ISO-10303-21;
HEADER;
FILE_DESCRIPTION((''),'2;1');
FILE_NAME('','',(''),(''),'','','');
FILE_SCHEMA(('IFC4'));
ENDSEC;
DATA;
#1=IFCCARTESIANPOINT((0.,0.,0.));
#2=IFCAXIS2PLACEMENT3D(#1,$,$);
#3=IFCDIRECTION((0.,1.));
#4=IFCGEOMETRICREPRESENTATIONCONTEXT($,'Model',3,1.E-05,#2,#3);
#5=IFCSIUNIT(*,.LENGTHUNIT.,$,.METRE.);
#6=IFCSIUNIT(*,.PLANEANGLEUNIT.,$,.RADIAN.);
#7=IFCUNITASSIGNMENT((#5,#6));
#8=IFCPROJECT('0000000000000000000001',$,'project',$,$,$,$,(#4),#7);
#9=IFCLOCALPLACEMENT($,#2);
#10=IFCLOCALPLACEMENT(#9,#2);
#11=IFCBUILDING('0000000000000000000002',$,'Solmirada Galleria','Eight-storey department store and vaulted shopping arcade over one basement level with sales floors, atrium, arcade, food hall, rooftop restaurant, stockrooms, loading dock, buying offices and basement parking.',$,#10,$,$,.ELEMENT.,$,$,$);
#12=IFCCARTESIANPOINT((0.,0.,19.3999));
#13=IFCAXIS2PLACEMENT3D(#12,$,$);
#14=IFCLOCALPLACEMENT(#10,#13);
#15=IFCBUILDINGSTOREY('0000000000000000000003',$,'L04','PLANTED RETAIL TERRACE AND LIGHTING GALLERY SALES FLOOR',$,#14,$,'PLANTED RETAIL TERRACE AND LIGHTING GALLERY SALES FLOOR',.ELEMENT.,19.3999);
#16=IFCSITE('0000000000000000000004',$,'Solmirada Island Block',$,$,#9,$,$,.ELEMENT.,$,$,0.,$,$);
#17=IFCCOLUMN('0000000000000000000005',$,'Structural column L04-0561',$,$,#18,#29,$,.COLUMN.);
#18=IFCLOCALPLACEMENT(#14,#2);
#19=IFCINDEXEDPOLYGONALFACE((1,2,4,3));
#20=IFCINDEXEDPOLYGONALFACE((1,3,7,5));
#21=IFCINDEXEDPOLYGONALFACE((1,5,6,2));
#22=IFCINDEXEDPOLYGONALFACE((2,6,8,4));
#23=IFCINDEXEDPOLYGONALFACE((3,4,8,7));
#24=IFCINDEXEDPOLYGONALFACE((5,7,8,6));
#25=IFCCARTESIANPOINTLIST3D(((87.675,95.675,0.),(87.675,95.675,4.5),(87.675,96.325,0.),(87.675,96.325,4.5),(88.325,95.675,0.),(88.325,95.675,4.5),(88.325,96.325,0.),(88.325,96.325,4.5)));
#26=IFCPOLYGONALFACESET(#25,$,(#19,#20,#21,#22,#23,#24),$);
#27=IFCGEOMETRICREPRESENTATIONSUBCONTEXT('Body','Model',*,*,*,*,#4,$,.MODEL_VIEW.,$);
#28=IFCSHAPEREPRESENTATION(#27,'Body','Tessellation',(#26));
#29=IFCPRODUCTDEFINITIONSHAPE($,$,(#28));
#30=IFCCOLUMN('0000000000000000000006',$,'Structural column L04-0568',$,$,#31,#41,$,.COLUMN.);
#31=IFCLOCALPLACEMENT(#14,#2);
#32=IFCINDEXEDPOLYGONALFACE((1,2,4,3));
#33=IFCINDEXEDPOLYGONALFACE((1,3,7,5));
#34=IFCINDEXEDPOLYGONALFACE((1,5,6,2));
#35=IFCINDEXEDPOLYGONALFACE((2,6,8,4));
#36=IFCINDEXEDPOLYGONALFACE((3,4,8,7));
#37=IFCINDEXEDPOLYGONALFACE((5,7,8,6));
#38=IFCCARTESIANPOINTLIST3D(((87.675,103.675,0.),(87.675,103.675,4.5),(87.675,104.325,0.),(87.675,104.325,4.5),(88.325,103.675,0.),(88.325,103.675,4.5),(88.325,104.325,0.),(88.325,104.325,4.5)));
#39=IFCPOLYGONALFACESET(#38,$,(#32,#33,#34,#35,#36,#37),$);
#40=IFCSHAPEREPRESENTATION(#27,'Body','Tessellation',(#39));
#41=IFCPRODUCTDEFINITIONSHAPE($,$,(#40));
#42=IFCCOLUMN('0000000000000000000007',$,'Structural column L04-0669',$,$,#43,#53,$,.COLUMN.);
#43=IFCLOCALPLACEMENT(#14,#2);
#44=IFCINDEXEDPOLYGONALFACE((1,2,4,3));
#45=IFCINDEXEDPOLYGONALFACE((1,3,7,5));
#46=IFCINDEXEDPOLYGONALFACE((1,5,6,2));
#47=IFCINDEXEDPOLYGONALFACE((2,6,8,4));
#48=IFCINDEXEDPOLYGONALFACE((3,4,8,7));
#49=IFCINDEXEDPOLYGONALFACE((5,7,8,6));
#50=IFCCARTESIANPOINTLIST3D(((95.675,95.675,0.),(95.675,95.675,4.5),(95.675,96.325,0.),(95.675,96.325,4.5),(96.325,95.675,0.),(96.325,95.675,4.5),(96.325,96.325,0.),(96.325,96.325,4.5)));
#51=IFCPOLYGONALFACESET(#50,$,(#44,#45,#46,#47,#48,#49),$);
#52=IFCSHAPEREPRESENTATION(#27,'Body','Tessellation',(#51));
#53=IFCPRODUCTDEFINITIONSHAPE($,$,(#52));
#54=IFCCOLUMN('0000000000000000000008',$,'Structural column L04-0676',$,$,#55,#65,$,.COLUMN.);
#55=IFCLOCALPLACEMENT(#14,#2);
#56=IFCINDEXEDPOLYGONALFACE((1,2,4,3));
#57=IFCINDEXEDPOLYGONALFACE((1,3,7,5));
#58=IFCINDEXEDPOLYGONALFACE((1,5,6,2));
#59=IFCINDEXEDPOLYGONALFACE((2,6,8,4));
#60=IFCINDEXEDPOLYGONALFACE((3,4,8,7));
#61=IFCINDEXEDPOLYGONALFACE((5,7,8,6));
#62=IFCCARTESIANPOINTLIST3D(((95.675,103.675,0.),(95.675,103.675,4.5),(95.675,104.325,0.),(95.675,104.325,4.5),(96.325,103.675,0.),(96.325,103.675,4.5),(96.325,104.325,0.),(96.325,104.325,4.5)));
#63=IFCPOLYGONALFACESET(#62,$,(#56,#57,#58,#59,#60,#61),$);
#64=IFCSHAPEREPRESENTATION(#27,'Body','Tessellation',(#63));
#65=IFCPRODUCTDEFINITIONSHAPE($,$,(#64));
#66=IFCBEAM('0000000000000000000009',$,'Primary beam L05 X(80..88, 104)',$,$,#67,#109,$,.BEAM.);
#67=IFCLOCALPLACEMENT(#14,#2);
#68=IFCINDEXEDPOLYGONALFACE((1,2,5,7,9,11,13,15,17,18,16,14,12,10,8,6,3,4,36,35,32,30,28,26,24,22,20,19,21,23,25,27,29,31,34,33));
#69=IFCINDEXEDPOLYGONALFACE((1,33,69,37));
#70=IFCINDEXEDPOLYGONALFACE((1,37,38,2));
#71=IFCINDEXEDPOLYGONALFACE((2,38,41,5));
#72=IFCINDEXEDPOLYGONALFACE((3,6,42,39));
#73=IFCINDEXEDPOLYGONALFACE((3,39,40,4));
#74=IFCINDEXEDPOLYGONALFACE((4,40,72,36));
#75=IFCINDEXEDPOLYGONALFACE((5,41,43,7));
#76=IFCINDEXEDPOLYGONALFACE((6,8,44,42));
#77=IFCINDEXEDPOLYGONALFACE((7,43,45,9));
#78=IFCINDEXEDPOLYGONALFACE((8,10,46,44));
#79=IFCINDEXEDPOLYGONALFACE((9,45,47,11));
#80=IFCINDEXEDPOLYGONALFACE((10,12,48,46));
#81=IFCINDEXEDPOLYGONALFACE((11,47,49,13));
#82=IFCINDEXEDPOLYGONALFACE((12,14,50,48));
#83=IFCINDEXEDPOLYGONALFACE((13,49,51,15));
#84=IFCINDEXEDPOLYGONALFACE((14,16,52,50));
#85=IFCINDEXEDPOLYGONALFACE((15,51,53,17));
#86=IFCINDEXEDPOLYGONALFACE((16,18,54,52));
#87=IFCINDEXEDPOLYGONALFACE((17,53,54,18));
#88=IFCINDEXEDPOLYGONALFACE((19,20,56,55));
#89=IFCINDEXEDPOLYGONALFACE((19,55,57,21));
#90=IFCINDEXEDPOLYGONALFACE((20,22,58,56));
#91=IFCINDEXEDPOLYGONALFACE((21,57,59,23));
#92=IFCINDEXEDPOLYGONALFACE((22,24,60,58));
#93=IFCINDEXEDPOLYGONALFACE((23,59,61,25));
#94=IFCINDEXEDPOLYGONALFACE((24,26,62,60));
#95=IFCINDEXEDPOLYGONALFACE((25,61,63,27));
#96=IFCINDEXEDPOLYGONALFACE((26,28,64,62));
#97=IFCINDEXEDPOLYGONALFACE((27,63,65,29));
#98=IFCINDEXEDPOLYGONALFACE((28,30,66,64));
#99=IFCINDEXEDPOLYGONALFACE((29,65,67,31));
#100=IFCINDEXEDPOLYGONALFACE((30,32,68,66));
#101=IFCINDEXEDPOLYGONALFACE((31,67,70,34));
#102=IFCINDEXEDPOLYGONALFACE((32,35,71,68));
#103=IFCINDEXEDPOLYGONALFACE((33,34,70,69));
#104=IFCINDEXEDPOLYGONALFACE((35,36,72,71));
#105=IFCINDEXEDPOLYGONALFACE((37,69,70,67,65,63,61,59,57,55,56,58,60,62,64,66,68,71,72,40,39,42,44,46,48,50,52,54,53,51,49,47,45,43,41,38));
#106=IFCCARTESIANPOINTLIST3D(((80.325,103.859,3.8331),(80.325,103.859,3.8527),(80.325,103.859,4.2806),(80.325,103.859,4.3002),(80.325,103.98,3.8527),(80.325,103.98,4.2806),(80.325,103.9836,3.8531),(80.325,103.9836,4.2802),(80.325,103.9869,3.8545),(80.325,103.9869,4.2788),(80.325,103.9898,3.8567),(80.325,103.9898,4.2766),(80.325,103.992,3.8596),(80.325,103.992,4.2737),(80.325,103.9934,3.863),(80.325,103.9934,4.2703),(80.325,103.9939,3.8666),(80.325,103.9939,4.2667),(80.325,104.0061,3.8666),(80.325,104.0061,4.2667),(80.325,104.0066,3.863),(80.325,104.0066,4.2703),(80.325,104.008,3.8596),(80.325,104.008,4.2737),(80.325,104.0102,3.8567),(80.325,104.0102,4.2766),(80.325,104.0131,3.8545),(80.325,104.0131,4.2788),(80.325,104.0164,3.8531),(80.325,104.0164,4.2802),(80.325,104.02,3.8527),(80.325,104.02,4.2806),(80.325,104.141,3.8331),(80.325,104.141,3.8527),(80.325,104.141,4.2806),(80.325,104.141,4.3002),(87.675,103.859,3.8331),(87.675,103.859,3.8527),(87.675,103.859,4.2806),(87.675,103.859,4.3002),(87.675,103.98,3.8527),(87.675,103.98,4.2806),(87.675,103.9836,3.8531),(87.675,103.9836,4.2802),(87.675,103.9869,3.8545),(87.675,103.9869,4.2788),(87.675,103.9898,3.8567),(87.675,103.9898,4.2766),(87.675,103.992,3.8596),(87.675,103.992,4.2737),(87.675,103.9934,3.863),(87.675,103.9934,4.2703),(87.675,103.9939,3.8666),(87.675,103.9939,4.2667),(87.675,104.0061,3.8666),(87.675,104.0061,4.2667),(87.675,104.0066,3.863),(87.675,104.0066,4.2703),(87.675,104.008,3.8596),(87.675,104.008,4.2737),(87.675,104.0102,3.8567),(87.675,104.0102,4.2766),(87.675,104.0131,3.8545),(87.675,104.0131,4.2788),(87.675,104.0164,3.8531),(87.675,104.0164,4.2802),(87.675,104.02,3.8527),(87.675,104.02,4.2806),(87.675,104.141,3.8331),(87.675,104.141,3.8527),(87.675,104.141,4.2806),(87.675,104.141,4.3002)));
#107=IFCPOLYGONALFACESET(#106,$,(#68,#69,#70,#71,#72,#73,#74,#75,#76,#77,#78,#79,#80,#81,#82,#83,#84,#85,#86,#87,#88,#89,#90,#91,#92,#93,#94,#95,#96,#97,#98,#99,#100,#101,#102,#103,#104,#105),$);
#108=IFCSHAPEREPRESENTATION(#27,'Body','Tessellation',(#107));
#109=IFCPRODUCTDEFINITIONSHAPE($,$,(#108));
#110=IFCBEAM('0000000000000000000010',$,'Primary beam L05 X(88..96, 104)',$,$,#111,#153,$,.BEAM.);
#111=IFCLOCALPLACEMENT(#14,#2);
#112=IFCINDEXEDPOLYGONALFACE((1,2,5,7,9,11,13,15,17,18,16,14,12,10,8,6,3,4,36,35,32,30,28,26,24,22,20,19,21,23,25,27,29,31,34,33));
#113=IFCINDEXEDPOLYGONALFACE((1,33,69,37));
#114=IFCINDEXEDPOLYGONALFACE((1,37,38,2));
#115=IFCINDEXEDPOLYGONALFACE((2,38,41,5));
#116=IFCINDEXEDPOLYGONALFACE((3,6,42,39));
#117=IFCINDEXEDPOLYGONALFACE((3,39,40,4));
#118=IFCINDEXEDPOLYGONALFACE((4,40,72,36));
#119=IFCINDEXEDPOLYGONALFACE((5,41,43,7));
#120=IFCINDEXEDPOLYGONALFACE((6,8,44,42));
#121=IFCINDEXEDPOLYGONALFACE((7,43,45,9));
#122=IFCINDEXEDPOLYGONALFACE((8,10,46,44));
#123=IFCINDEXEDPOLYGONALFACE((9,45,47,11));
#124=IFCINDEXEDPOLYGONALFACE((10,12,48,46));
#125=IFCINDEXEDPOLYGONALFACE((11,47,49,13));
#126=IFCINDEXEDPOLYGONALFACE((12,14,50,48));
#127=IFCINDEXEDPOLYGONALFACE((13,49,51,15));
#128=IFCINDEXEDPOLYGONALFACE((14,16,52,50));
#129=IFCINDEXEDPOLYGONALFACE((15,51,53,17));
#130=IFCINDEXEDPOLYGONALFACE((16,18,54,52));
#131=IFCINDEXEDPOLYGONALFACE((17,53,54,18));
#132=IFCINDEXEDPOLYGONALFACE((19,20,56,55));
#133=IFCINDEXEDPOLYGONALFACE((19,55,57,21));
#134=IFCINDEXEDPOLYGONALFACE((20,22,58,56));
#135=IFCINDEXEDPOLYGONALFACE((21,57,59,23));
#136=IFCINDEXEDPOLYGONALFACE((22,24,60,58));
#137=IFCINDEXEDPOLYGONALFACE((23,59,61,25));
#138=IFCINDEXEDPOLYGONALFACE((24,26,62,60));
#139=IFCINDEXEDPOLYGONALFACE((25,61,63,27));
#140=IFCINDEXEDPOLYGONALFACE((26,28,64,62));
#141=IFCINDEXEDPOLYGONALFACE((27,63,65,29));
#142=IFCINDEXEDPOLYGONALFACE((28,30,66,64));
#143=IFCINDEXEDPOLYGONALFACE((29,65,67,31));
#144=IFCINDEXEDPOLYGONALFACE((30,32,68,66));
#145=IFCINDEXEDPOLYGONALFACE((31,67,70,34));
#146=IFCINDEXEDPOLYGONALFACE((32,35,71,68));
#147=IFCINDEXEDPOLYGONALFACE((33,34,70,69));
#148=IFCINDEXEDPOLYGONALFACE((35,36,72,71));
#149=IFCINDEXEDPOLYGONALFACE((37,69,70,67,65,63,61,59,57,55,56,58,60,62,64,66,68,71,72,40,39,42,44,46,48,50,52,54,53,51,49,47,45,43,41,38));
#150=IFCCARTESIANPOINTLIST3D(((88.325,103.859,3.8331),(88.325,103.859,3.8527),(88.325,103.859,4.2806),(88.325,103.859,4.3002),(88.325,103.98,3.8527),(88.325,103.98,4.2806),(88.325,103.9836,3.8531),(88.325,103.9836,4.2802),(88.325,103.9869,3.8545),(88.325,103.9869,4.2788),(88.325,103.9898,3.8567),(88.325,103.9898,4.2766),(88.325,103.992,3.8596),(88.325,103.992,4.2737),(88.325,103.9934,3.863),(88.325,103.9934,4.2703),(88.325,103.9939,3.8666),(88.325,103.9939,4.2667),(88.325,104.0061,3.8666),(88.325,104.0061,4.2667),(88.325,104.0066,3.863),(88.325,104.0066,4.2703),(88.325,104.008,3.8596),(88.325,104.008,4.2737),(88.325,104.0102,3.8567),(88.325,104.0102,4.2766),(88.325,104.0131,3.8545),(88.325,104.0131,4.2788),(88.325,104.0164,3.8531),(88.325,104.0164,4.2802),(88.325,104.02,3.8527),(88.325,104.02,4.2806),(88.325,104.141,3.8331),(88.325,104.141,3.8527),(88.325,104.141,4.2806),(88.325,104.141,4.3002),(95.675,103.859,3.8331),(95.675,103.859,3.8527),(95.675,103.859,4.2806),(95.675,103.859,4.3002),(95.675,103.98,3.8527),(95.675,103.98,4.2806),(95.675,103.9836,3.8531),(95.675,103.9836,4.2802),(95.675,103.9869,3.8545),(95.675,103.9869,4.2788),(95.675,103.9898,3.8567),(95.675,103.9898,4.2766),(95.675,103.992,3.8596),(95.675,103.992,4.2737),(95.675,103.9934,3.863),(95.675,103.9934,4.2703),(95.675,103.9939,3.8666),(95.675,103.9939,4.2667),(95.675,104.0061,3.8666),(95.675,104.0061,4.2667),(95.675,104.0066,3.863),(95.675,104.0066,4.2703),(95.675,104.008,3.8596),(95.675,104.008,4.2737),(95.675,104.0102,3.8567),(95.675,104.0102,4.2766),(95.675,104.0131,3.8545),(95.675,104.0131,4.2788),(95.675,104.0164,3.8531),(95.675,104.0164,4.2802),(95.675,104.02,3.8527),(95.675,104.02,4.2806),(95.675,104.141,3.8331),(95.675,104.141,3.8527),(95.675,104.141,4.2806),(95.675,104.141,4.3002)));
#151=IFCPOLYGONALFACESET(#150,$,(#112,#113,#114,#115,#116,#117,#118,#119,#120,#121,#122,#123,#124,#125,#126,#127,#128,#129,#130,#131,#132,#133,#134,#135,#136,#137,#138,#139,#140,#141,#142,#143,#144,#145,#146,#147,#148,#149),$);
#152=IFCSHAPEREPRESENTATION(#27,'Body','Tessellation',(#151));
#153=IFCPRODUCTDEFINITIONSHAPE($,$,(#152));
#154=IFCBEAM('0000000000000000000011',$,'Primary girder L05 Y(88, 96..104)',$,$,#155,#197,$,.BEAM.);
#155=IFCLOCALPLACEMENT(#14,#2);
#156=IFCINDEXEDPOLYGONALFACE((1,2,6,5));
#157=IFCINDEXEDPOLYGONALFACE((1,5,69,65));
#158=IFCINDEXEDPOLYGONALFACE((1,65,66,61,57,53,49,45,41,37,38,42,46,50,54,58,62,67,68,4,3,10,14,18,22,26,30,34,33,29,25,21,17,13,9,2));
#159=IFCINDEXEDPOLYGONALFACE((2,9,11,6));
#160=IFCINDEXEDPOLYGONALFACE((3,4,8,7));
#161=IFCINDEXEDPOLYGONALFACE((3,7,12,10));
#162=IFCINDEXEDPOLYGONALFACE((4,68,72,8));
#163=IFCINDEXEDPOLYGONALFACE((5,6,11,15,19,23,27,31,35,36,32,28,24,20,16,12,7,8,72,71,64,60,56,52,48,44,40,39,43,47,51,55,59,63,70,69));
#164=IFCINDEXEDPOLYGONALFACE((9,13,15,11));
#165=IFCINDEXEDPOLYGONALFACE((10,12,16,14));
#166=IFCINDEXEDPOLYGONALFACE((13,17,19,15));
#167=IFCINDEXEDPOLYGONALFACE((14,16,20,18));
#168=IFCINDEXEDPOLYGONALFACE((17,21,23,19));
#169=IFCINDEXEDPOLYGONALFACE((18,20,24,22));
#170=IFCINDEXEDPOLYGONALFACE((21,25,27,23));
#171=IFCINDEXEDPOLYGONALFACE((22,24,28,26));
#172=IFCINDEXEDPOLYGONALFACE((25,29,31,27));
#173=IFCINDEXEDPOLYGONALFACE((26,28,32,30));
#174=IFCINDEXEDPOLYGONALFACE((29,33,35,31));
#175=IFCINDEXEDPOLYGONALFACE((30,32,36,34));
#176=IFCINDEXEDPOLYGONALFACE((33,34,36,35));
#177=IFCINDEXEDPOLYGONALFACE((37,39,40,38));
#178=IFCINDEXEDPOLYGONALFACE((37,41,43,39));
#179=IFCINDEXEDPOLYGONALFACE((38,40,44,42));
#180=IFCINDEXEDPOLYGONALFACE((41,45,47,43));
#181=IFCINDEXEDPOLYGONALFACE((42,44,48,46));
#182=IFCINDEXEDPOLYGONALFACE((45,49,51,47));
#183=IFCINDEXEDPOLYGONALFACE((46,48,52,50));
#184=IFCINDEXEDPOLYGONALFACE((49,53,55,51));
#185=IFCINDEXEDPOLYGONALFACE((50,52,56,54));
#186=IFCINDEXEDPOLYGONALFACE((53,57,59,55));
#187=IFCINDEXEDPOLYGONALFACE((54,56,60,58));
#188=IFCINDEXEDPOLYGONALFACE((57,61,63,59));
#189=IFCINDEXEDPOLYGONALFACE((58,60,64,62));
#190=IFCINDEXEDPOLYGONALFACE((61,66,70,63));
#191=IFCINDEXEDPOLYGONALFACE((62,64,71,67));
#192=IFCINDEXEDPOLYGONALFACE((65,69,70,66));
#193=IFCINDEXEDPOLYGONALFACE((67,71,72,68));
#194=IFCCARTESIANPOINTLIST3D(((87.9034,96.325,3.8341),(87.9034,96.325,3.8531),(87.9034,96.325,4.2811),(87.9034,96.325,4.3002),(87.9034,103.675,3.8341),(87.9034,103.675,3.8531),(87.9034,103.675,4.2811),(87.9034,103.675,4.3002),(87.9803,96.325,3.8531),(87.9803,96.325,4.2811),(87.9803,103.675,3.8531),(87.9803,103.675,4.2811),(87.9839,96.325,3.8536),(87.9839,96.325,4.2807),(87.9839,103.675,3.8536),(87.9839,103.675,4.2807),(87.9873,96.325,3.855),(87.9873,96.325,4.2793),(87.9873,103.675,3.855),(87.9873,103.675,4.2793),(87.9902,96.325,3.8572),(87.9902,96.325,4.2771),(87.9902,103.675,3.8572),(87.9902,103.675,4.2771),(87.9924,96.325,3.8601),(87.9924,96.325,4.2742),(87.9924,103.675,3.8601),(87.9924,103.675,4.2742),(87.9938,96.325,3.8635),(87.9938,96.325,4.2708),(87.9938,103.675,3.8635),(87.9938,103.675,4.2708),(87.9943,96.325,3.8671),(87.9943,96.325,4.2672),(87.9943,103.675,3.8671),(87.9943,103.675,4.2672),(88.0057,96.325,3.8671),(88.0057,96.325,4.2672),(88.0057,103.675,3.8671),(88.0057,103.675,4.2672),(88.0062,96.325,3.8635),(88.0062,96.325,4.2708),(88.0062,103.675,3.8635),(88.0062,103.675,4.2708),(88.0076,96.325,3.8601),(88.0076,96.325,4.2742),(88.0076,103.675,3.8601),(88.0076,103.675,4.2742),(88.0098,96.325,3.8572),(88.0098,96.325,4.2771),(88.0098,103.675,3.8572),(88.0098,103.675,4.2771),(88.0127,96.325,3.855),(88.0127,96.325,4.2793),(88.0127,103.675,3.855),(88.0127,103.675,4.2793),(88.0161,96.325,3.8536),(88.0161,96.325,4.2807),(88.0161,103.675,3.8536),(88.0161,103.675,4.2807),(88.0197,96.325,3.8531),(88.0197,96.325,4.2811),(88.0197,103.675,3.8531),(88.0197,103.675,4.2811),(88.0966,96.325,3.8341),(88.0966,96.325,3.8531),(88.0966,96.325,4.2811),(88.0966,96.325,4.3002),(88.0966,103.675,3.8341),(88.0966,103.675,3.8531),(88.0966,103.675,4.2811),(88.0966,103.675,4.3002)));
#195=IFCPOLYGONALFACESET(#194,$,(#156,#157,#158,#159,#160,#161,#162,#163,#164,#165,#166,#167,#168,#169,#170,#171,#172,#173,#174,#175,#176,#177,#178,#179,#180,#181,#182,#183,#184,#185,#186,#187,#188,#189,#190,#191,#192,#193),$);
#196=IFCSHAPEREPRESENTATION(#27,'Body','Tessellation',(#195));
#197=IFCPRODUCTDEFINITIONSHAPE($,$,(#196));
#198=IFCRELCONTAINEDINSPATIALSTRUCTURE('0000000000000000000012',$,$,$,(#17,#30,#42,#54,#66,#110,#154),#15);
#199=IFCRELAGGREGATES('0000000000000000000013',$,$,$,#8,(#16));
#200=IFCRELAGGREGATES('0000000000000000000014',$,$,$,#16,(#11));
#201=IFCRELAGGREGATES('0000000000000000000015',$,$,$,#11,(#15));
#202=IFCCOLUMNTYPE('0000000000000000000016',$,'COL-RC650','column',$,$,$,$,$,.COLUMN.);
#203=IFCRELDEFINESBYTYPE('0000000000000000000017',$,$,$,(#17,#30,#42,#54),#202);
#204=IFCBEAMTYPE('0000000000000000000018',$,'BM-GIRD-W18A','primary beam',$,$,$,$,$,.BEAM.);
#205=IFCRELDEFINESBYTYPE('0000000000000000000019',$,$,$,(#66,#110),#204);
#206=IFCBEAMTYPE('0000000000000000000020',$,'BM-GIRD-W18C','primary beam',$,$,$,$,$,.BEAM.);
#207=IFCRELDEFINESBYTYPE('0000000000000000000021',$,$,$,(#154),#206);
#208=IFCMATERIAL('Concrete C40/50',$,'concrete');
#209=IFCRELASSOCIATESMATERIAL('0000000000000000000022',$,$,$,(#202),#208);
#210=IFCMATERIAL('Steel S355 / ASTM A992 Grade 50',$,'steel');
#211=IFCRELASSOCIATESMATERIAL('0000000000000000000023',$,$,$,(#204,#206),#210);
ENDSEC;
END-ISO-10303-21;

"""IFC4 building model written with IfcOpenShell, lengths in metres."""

from ifc_helpers import new_model, si_unit, direction, frame, origin, origin_2d, place, context, subcontext, project, spatial, rectangle, i_section, extrude, material, material_profile, profile_set, type_object, element, save


model = new_model("IFC4")

# Units and contexts
model_context = context("Model", 3, precision=1e-05, world=origin(), true_north=direction((0.0, 1.0)))
body_context = subcontext(model_context, "Body", "Model", "MODEL_VIEW")
ifc_project = project(units=[si_unit("LENGTHUNIT", "METRE"), si_unit("PLANEANGLEUNIT", "RADIAN")], contexts=[model_context])

# Site, building, storey
site_placement = place(None, origin())
site = spatial("IfcSite", under=ifc_project, at=site_placement, Name="Solmirada Island Block", CompositionType="ELEMENT", RefElevation=0.0)
building_placement = place(site_placement, origin())
building = spatial("IfcBuilding", under=site, at=building_placement, Name="Solmirada Galleria", Description="Eight-storey department store and vaulted shopping arcade over one basement level with sales floors, atrium, arcade, food hall, rooftop restaurant, stockrooms, loading dock, buying offices and basement parking.", CompositionType="ELEMENT")
storey_placement = place(building_placement, frame((0.0, 0.0, 19.3999)))
storey = spatial("IfcBuildingStorey", under=building, at=storey_placement, Name="L04", Description="PLANTED RETAIL TERRACE AND LIGHTING GALLERY SALES FLOOR", LongName="PLANTED RETAIL TERRACE AND LIGHTING GALLERY SALES FLOOR", CompositionType="ELEMENT", Elevation=19.3999)

# Columns
ifc_material_1 = material(Name="Concrete C40/50", Category="concrete")
ifc_material_profile_1 = material_profile(ifc_material_1, rectangle(XDim=0.6499, YDim=0.6499, at=origin_2d()), Name="RC650X650")
ifc_profile_set_1 = profile_set([ifc_material_profile_1], Name="Concrete C40/50")
column_type = type_object("IfcColumnType", Name="COL-RC650", Description="column", PredefinedType="COLUMN", material=ifc_profile_set_1)
for number, where, z_axis, x_axis, name in (
    (1, (88.0, 96.0, 0.0), (0.0, 0.0, 1.0), (1.0, 0.0, 0.0), "Structural column L04-0561"),
    (2, (88.0, 104.0, 0.0), (0.0, 0.0, 1.0), (1.0, 0.0, 0.0), "Structural column L04-0568"),
    (3, (96.0, 96.0, 0.0), (0.0, 0.0, 1.0), (1.0, 0.0, 0.0), "Structural column L04-0669"),
    (4, (96.0, 104.0, 0.0), (0.0, 0.0, 1.0), (1.0, 0.0, 0.0), "Structural column L04-0676"),
):
    element("IfcColumn", number, at=place(storey_placement, frame(where, z_axis=z_axis, x_axis=x_axis)), inside=storey, type_object=column_type, Name=name, PredefinedType="COLUMN", context=body_context, shape_type="SweptSolid", body=[
        extrude(rectangle(XDim=0.6499, YDim=0.6499, at=origin_2d()), origin(), (0.0, 0.0, 1.0), 4.5),
    ])

# Beams
ifc_material_2 = material(Name="Steel S355 / ASTM A992 Grade 50", Category="steel")
ifc_material_profile_2 = material_profile(ifc_material_2, i_section(OverallWidth=0.282, OverallDepth=0.467, WebThickness=0.0122, FlangeThickness=0.0195, FilletRadius=0.0139, at=origin_2d()), Name="W18X86")
ifc_profile_set_2 = profile_set([ifc_material_profile_2], Name="Steel S355 / ASTM A992 Grade 50")
beam_type_1 = type_object("IfcBeamType", Name="BM-GIRD-W18A", Description="primary beam", PredefinedType="BEAM", material=ifc_profile_set_2)
for number, where, z_axis, x_axis, name in (
    (5, (80.325, 104.0, 4.0667), (1.0, 0.0, 0.0), (0.0, 1.0, 0.0), "Primary beam L05 X(80..88, 104)"),
    (6, (88.325, 104.0, 4.0667), (1.0, 0.0, 0.0), (0.0, 1.0, 0.0), "Primary beam L05 X(88..96, 104)"),
):
    element("IfcBeam", number, at=place(storey_placement, frame(where, z_axis=z_axis, x_axis=x_axis)), inside=storey, type_object=beam_type_1, Name=name, PredefinedType="BEAM", context=body_context, shape_type="SweptSolid", body=[
        extrude(i_section(OverallWidth=0.282, OverallDepth=0.467, WebThickness=0.0122, FlangeThickness=0.0195, FilletRadius=0.0139, at=origin_2d()), origin(), (0.0, 0.0, 1.0), 7.3501),
    ])
ifc_material_profile_3 = material_profile(ifc_material_2, i_section(OverallWidth=0.1931, OverallDepth=0.4661, WebThickness=0.0115, FlangeThickness=0.019, FilletRadius=0.0139, at=origin_2d()), Name="W18X65")
ifc_profile_set_3 = profile_set([ifc_material_profile_3], Name="Steel S355 / ASTM A992 Grade 50")
beam_type_2 = type_object("IfcBeamType", Name="BM-GIRD-W18C", Description="primary beam", PredefinedType="BEAM", material=ifc_profile_set_3)
for number, where, z_axis, x_axis, name in (
    (7, (88.0, 96.325, 4.0671), (0.0, 1.0, 0.0), (-1.0, 0.0, 0.0), "Primary girder L05 Y(88, 96..104)"),
):
    element("IfcBeam", number, at=place(storey_placement, frame(where, z_axis=z_axis, x_axis=x_axis)), inside=storey, type_object=beam_type_2, Name=name, PredefinedType="BEAM", context=body_context, shape_type="SweptSolid", body=[
        extrude(i_section(OverallWidth=0.1931, OverallDepth=0.4661, WebThickness=0.0115, FlangeThickness=0.019, FilletRadius=0.0139, at=origin_2d()), origin(), (0.0, 0.0, 1.0), 7.3501),
    ])

save(model, "model.ifc")
